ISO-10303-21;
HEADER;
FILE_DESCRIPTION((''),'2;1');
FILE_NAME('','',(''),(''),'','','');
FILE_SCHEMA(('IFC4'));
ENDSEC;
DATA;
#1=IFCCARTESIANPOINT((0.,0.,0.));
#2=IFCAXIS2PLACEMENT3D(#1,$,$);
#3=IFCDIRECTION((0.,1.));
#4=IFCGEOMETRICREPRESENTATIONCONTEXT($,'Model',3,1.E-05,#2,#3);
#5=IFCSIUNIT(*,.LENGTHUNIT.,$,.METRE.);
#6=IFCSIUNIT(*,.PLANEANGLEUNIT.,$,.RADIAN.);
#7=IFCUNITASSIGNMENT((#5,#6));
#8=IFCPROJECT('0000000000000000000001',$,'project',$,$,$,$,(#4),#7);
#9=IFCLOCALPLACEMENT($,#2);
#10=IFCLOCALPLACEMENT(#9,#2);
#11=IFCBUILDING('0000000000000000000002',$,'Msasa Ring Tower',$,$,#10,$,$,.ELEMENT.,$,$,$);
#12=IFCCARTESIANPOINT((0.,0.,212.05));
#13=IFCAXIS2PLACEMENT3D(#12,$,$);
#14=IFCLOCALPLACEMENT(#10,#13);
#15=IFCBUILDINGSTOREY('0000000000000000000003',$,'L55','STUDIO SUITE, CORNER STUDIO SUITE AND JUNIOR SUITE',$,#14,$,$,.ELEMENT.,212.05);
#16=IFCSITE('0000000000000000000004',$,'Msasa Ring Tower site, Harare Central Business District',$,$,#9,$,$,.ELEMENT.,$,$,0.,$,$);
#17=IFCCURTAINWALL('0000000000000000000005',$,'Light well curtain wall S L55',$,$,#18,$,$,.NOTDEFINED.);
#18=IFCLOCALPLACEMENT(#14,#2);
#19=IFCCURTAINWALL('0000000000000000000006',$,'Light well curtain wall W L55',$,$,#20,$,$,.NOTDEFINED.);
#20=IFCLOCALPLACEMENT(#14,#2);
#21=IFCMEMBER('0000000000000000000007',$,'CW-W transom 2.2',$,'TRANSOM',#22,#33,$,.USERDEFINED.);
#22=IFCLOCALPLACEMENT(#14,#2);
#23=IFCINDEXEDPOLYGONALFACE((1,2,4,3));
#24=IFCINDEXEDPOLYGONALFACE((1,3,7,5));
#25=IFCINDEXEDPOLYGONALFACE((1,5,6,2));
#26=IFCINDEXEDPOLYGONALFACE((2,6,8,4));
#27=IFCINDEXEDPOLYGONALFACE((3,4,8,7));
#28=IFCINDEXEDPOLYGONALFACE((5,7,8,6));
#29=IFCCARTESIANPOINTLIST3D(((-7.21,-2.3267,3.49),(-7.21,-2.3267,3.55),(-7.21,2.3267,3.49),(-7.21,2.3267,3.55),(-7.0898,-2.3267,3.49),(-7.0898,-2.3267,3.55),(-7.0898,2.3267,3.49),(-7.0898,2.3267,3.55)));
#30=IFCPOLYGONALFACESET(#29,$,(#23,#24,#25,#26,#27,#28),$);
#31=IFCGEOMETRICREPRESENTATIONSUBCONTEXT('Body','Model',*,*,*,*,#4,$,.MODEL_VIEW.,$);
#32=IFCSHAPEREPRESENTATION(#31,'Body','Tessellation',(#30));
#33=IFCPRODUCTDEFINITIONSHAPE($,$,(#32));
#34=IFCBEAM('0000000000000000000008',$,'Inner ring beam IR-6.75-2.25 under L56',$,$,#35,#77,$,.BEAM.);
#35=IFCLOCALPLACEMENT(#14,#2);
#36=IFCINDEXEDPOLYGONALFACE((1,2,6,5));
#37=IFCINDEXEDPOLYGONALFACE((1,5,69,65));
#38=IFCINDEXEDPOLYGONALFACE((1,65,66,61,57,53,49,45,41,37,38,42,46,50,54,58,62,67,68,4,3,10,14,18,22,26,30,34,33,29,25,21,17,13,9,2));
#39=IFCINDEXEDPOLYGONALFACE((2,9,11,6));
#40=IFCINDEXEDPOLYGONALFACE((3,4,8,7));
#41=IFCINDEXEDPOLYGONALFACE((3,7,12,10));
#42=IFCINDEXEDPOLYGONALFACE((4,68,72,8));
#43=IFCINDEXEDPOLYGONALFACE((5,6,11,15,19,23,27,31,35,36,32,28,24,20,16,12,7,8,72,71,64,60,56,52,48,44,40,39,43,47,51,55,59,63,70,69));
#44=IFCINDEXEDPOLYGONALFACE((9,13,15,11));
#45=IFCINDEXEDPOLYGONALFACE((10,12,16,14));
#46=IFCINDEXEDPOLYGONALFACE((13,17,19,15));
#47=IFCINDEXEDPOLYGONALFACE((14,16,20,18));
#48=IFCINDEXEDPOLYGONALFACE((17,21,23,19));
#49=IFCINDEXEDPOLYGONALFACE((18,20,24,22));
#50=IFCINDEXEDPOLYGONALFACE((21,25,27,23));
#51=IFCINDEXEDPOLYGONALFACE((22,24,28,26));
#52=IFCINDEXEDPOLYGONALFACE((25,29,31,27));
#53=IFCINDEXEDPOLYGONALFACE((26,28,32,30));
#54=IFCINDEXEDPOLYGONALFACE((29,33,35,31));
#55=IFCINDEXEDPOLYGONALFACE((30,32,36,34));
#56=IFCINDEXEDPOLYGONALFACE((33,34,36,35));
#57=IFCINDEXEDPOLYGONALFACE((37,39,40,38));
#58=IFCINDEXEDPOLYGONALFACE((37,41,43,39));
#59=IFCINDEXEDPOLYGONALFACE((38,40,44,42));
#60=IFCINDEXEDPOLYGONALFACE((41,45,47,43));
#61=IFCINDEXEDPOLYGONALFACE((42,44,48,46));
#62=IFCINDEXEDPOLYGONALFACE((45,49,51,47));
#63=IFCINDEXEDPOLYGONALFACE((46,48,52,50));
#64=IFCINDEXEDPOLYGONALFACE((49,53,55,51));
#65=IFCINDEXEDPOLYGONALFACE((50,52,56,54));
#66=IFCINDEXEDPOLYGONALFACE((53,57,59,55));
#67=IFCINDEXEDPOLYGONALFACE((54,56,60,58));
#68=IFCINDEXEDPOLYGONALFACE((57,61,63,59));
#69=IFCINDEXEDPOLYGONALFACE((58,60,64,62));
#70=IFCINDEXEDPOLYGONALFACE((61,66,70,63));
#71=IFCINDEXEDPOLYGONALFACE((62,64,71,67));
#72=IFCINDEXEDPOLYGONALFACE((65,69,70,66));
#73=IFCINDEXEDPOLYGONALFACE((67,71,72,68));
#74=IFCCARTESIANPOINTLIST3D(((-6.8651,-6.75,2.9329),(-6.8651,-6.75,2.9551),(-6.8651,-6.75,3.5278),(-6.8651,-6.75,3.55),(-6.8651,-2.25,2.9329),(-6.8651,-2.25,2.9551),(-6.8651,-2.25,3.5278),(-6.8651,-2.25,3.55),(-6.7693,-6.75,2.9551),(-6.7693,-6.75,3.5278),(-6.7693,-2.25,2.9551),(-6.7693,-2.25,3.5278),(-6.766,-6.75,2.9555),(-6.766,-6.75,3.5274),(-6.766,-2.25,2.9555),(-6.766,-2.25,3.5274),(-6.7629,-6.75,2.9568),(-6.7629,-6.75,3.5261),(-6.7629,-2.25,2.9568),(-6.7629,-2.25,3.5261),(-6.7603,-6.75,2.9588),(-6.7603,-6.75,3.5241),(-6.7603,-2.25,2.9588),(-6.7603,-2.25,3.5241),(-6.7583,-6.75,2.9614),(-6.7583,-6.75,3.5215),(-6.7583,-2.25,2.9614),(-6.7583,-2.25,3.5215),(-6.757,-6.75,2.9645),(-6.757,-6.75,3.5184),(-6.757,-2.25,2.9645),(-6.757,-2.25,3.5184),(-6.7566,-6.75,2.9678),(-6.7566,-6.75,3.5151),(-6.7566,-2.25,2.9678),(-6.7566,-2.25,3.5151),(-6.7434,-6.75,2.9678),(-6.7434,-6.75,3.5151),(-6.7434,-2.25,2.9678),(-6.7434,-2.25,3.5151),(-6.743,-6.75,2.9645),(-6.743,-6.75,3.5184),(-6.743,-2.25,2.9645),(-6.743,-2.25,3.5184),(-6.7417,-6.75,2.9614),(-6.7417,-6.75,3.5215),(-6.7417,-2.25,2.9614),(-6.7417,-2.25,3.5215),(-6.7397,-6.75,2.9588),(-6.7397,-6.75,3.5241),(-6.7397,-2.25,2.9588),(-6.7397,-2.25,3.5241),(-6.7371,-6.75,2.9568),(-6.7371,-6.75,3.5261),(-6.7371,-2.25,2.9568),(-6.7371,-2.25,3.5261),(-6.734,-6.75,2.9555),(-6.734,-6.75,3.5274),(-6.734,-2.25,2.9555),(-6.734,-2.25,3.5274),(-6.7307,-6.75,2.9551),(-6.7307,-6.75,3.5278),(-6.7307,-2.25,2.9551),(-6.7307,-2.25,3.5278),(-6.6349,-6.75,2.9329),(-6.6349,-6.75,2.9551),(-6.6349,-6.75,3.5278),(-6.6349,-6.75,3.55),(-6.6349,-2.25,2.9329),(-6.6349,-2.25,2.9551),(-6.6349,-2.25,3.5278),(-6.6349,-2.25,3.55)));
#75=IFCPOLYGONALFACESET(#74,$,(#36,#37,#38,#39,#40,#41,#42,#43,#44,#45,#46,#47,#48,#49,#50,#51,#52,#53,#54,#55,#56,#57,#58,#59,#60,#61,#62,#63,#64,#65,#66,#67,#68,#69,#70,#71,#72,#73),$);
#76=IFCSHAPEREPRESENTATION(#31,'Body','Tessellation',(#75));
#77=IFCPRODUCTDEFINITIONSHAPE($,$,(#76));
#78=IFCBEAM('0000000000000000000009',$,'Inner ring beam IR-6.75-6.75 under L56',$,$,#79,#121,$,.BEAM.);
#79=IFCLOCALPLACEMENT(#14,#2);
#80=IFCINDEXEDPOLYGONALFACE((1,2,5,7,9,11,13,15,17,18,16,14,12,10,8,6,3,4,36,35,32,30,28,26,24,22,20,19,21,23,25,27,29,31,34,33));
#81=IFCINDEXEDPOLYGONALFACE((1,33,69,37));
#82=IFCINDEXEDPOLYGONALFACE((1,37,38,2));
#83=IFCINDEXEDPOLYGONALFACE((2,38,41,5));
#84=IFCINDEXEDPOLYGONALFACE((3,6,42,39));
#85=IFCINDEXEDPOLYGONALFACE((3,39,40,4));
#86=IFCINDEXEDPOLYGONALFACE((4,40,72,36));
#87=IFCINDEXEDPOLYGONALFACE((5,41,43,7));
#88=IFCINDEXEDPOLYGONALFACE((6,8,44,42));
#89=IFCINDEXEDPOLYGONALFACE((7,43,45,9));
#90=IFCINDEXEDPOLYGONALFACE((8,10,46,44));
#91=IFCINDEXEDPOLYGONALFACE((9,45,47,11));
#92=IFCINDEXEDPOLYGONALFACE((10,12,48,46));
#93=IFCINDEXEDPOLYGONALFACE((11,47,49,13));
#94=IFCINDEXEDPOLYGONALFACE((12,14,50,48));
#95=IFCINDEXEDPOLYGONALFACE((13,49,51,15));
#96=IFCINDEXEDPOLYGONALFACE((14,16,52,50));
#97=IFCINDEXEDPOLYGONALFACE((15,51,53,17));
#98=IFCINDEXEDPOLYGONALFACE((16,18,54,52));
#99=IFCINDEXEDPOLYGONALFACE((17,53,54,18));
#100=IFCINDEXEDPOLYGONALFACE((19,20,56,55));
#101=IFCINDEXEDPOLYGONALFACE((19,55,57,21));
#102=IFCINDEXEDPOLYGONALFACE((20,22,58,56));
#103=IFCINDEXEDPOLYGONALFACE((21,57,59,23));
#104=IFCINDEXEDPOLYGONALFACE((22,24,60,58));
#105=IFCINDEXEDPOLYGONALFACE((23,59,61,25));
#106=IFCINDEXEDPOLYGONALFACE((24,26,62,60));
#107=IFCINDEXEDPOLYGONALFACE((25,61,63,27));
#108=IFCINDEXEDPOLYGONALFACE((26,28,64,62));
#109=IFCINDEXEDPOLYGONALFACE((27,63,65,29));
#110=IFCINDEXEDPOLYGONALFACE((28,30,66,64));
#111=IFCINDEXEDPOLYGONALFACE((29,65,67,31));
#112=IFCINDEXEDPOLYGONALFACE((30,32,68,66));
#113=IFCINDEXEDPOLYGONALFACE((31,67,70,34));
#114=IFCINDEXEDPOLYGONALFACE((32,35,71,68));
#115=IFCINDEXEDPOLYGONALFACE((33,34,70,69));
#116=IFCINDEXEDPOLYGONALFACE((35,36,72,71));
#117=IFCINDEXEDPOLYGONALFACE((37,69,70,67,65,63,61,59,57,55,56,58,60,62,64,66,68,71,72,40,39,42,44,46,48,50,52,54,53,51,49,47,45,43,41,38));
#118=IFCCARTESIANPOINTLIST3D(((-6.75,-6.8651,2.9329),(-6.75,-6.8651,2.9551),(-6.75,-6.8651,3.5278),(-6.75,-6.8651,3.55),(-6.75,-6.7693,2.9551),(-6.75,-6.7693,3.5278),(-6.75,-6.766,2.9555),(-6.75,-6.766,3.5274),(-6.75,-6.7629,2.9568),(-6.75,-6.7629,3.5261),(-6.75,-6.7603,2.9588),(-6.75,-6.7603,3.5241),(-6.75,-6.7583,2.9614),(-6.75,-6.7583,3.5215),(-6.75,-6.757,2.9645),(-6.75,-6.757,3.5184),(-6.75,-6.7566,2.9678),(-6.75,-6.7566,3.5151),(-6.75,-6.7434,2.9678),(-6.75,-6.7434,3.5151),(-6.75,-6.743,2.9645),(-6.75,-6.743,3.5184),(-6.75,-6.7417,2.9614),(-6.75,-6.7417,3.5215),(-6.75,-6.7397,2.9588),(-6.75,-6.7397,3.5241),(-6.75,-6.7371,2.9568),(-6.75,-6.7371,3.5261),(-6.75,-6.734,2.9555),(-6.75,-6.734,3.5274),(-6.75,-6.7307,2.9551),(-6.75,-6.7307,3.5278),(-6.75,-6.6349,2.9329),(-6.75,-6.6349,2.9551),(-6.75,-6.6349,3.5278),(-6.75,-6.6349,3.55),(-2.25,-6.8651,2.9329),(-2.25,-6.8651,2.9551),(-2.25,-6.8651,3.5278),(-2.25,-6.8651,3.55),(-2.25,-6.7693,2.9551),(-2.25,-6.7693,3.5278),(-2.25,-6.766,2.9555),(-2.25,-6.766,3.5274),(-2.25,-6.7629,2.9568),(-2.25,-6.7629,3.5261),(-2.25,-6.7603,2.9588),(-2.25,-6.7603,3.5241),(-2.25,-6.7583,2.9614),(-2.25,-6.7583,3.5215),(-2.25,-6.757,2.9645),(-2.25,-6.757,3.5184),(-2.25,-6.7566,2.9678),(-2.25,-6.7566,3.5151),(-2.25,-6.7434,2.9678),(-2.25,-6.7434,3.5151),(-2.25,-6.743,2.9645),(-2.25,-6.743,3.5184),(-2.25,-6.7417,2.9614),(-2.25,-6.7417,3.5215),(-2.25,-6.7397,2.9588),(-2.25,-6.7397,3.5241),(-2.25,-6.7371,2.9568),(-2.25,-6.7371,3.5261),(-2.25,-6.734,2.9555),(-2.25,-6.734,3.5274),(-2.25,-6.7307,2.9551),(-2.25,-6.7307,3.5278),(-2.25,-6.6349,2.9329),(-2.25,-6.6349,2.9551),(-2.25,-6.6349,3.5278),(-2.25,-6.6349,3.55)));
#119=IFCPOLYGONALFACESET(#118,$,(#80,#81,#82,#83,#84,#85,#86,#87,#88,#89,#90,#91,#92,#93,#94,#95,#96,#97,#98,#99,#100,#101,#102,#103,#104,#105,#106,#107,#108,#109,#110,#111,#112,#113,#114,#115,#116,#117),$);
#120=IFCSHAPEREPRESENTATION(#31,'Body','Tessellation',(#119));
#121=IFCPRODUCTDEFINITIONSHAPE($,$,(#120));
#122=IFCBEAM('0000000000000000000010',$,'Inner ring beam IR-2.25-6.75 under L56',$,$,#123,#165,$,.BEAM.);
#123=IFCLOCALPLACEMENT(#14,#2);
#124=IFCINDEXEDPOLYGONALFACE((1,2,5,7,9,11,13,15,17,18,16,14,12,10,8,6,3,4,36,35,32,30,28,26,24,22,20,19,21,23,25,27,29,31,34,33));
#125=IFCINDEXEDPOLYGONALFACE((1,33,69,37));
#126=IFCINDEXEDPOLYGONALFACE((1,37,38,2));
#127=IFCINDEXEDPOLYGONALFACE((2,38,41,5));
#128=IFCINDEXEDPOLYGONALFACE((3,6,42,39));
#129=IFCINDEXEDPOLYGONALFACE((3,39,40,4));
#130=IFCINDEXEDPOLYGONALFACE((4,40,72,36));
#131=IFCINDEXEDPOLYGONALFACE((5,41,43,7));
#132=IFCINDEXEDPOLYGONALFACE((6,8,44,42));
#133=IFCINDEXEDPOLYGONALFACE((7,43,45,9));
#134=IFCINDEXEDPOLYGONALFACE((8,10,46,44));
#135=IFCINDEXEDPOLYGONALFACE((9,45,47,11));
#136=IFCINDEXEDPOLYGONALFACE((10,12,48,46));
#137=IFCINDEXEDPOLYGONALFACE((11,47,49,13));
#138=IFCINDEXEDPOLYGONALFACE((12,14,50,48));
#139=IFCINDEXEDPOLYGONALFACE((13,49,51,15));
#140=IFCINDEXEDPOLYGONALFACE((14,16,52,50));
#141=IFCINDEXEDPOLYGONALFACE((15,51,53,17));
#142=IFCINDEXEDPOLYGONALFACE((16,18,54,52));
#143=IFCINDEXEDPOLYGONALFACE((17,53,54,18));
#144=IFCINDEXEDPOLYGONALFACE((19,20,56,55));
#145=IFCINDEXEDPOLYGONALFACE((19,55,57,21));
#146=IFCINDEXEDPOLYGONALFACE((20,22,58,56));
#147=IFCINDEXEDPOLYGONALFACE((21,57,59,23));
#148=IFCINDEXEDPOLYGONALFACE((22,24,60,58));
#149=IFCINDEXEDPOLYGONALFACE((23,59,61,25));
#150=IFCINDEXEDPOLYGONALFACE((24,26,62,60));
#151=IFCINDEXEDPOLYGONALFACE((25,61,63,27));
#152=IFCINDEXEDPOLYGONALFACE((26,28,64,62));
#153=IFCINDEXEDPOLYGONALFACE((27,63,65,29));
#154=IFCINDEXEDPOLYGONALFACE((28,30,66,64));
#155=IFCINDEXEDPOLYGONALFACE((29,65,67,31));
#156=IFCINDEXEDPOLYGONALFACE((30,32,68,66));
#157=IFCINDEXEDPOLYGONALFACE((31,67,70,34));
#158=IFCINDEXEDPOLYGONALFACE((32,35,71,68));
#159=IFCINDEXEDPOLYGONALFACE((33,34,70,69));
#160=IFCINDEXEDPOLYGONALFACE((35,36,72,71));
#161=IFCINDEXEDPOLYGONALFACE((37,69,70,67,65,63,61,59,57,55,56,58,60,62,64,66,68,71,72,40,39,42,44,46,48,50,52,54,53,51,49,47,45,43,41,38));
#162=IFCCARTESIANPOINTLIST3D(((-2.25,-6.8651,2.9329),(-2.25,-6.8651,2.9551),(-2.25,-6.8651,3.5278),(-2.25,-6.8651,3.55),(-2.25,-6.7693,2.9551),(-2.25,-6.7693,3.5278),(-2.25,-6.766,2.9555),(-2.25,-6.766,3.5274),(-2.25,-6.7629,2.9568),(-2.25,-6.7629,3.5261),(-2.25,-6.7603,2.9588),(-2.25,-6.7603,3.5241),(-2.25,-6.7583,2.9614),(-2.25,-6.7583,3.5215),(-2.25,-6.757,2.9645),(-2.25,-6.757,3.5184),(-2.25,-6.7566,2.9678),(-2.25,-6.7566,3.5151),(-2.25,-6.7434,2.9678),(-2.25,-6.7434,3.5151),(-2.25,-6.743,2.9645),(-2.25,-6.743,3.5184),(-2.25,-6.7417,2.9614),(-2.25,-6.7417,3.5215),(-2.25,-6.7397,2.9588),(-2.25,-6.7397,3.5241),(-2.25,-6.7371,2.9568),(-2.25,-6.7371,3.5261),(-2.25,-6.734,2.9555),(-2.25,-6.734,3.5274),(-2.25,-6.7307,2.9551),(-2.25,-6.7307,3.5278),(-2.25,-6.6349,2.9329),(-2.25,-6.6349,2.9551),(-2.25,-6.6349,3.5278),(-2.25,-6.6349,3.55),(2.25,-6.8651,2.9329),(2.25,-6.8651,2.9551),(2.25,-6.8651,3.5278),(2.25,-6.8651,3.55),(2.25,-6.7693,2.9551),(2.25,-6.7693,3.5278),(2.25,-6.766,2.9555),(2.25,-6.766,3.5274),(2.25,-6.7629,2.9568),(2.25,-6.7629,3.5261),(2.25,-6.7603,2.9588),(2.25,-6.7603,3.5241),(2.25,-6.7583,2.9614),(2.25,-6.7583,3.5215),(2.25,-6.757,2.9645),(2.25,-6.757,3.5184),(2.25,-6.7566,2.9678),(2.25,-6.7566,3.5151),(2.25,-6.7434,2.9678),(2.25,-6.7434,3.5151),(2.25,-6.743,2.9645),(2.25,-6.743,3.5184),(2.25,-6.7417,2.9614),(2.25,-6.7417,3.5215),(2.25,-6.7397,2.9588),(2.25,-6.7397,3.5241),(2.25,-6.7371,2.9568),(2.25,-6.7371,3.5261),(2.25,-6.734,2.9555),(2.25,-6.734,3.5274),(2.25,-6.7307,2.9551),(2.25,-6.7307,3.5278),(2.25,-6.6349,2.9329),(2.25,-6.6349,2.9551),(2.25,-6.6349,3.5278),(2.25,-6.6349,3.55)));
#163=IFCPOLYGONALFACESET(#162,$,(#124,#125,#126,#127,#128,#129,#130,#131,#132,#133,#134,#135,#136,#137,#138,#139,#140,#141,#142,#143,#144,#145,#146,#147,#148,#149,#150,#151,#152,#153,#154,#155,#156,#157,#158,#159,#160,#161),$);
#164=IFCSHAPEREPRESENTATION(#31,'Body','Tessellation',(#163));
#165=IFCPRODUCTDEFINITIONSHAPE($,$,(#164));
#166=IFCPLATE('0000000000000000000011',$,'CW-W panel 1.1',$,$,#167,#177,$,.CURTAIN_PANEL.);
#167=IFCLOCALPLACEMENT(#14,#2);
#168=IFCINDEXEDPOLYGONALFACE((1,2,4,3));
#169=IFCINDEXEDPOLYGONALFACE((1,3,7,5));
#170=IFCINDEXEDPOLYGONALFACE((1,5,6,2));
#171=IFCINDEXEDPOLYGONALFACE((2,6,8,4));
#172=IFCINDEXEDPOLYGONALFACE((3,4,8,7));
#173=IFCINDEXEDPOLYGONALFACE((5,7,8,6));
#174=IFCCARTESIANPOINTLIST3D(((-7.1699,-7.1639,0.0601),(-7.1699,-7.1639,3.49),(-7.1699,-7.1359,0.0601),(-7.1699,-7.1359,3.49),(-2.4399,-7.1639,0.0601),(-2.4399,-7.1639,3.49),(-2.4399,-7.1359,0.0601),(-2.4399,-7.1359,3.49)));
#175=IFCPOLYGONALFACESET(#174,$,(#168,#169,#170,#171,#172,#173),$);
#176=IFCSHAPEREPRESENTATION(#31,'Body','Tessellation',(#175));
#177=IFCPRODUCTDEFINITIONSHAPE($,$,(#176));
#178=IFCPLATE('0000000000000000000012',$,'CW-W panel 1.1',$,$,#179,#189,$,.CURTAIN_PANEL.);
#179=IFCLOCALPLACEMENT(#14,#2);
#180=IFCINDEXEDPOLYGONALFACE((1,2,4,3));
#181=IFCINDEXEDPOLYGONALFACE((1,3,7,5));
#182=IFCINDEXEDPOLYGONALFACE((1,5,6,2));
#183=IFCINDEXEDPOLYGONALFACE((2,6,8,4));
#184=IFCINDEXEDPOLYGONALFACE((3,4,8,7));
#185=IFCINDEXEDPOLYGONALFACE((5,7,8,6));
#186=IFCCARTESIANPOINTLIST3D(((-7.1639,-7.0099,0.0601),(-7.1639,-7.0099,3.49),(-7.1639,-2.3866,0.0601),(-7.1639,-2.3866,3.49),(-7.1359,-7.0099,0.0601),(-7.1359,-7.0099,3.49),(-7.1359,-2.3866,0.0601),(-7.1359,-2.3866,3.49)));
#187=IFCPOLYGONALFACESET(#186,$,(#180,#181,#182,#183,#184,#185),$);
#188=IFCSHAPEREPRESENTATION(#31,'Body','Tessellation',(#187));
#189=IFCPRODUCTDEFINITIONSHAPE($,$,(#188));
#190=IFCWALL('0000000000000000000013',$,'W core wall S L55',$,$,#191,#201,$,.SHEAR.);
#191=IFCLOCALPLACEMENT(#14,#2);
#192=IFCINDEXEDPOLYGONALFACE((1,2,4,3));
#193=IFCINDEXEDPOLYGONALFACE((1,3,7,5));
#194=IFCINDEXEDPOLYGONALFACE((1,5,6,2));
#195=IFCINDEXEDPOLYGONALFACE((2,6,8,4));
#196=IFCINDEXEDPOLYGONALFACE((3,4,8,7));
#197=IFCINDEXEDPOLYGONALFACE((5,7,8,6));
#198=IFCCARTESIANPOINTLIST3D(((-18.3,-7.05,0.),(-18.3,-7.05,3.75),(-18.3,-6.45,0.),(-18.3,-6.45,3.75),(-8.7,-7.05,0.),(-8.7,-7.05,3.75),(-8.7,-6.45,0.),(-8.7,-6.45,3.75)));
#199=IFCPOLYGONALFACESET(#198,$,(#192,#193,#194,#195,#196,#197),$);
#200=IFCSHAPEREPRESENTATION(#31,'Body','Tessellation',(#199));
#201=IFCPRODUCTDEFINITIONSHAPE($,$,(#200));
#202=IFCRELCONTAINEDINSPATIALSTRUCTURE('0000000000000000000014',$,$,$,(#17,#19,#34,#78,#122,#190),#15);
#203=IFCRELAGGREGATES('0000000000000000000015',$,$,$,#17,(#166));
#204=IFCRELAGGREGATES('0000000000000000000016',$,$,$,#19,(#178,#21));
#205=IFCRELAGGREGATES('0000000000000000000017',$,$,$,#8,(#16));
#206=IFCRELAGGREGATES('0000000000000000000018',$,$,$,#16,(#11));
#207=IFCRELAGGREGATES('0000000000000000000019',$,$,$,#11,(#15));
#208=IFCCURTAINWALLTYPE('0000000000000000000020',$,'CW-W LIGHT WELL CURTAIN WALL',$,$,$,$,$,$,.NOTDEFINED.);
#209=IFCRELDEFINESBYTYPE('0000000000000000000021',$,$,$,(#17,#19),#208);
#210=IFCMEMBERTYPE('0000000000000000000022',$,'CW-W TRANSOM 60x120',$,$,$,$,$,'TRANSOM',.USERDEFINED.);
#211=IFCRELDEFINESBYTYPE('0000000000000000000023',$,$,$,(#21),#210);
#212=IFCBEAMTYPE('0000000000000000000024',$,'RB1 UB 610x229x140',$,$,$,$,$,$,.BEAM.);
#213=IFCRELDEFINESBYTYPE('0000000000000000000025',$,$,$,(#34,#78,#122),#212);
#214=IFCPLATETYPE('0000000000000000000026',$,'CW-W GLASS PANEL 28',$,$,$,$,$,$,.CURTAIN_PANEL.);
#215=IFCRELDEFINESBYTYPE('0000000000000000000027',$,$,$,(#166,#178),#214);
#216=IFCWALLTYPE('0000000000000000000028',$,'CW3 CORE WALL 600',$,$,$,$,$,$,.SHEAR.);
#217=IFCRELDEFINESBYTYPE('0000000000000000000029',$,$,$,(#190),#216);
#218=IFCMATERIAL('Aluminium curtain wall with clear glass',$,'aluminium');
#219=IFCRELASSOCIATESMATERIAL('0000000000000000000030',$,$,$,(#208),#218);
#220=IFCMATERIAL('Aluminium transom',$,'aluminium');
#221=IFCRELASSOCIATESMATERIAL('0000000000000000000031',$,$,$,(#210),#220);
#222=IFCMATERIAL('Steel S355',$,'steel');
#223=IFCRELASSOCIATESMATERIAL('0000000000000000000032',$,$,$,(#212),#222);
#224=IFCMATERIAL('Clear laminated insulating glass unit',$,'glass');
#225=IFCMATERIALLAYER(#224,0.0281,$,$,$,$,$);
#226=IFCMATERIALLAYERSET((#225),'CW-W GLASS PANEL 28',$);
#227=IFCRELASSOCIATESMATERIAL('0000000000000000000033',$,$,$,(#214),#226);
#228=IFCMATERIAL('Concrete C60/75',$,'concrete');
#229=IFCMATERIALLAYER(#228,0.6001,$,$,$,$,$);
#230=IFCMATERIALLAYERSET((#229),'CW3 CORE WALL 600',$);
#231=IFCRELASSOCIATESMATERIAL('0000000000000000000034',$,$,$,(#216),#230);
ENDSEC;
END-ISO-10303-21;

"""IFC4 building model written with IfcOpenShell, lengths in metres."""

from ifc_helpers import new_model, si_unit, direction, frame, frame_2d, origin, origin_2d, place, context, subcontext, project, spatial, rectangle, i_section, extrude, material, layer, layer_set, material_profile, profile_set, type_object, element, aggregate, save


model = new_model("IFC4")

# Units and contexts
model_context = context("Model", 3, precision=1e-05, world=origin(), true_north=direction((0.0, 1.0)))
body_context = subcontext(model_context, "Body", "Model", "MODEL_VIEW")
ifc_project = project(units=[si_unit("LENGTHUNIT", "METRE"), si_unit("PLANEANGLEUNIT", "RADIAN")], contexts=[model_context])

# Site, building, storey
site_placement = place(None, origin())
site = spatial("IfcSite", under=ifc_project, at=site_placement, Name="Msasa Ring Tower site, Harare Central Business District", CompositionType="ELEMENT", RefElevation=0.0)
building_placement = place(site_placement, origin())
building = spatial("IfcBuilding", under=site, at=building_placement, Name="Msasa Ring Tower", CompositionType="ELEMENT")
storey_placement = place(building_placement, frame((0.0, 0.0, 212.05)))
storey = spatial("IfcBuildingStorey", under=building, at=storey_placement, Name="L55", Description="STUDIO SUITE, CORNER STUDIO SUITE AND JUNIOR SUITE", CompositionType="ELEMENT", Elevation=212.05)

# Curtain walls
ifc_material_1 = material(Name="Aluminium curtain wall with clear glass", Category="aluminium")
curtain_wall_type = type_object("IfcCurtainWallType", Name="CW-W LIGHT WELL CURTAIN WALL", PredefinedType="NOTDEFINED", material=ifc_material_1)
curtain_wall_1_placement = place(storey_placement, origin())
curtain_wall_1 = element("IfcCurtainWall", 1, at=curtain_wall_1_placement, inside=storey, type_object=curtain_wall_type, Name="Light well curtain wall S L55", PredefinedType="NOTDEFINED")
curtain_wall_2_placement = place(storey_placement, origin())
curtain_wall_2 = element("IfcCurtainWall", 2, at=curtain_wall_2_placement, inside=storey, type_object=curtain_wall_type, Name="Light well curtain wall W L55", PredefinedType="NOTDEFINED")

# Member
ifc_material_2 = material(Name="Aluminium transom", Category="aluminium")
ifc_material_profile_1 = material_profile(ifc_material_2, rectangle(XDim=0.1201, YDim=0.0601, at=origin_2d()), Name="AL 60x120")
ifc_profile_set_1 = profile_set([ifc_material_profile_1], Name="Aluminium transom")
member_type_1 = type_object("IfcMemberType", Name="CW-W TRANSOM 60x120", ElementType="TRANSOM", PredefinedType="USERDEFINED", material=ifc_profile_set_1)
member_1_placement = place(storey_placement, frame((-7.1499, -2.3267, 3.52), z_axis=(0.0, 1.0, 0.0), x_axis=(-1.0, 0.0, 0.0)))
member_1 = element("IfcMember", 3, at=member_1_placement, type_object=member_type_1, Name="CW-W transom 2.2", ObjectType="TRANSOM", PredefinedType="USERDEFINED", context=body_context, shape_type="SweptSolid", body=[
    extrude(rectangle(XDim=0.1201, YDim=0.0601, at=origin_2d()), origin(), (0.0, 0.0, 1.0), 4.6533),
])

# Beams
ifc_material_3 = material(Name="Steel S355", Category="steel")
ifc_material_profile_2 = material_profile(ifc_material_3, i_section(OverallWidth=0.2302, OverallDepth=0.6172, WebThickness=0.0132, FlangeThickness=0.0222, FilletRadius=0.0127, at=origin_2d()), Name="UB 610x229x140")
ifc_profile_set_2 = profile_set([ifc_material_profile_2], Name="Steel S355")
beam_type = type_object("IfcBeamType", Name="RB1 UB 610x229x140", PredefinedType="BEAM", material=ifc_profile_set_2)
for number, where, z_axis, x_axis, name in (
    (4, (-6.75, -2.25, 3.2415), (0.0, -1.0, 0.0), (1.0, 0.0, 0.0), "Inner ring beam IR-6.75-2.25 under L56"),
    (5, (-6.75, -6.75, 3.2415), (1.0, 0.0, 0.0), (0.0, 1.0, 0.0), "Inner ring beam IR-6.75-6.75 under L56"),
    (6, (-2.25, -6.75, 3.2415), (1.0, 0.0, 0.0), (0.0, 1.0, 0.0), "Inner ring beam IR-2.25-6.75 under L56"),
):
    element("IfcBeam", number, at=place(storey_placement, frame(where, z_axis=z_axis, x_axis=x_axis)), inside=storey, type_object=beam_type, Name=name, PredefinedType="BEAM", context=body_context, shape_type="SweptSolid", body=[
        extrude(i_section(OverallWidth=0.2302, OverallDepth=0.6172, WebThickness=0.0132, FlangeThickness=0.0222, FilletRadius=0.0127, at=origin_2d()), origin(), (0.0, 0.0, 1.0), 4.5),
    ])

# Plates
ifc_material_4 = material(Name="Clear laminated insulating glass unit", Category="glass")
ifc_layer_1 = layer(ifc_material_4, 0.0281)
ifc_layer_set_1 = layer_set([ifc_layer_1], Name="CW-W GLASS PANEL 28")
plate_type = type_object("IfcPlateType", Name="CW-W GLASS PANEL 28", PredefinedType="CURTAIN_PANEL", material=ifc_layer_set_1)
plate_1_placement = place(storey_placement, frame((-4.8049, -7.1499, 0.0601), z_axis=(0.0, 0.0, 1.0), x_axis=(1.0, 0.0, 0.0)))
plate_1 = element("IfcPlate", 7, at=plate_1_placement, type_object=plate_type, Name="CW-W panel 1.1", PredefinedType="CURTAIN_PANEL", context=body_context, shape_type="SweptSolid", body=[
    extrude(rectangle(XDim=4.73, YDim=0.0281, at=origin_2d()), origin(), (0.0, 0.0, 1.0), 3.4299),
])
aggregate(curtain_wall_1, [plate_1])
plate_2_placement = place(storey_placement, frame((-7.1499, -4.6982, 0.0601), z_axis=(0.0, 0.0, 1.0), x_axis=(0.0, 1.0, 0.0)))
plate_2 = element("IfcPlate", 8, at=plate_2_placement, type_object=plate_type, Name="CW-W panel 1.1", PredefinedType="CURTAIN_PANEL", context=body_context, shape_type="SweptSolid", body=[
    extrude(rectangle(XDim=4.6233, YDim=0.0281, at=origin_2d()), origin(), (0.0, 0.0, 1.0), 3.4299),
])
aggregate(curtain_wall_2, [plate_2, member_1])

# Wall
ifc_material_5 = material(Name="Concrete C60/75", Category="concrete")
ifc_layer_2 = layer(ifc_material_5, 0.6001)
ifc_layer_set_2 = layer_set([ifc_layer_2], Name="CW3 CORE WALL 600")
wall_type_1 = type_object("IfcWallType", Name="CW3 CORE WALL 600", PredefinedType="SHEAR", material=ifc_layer_set_2)
wall_1_placement = place(storey_placement, frame((-8.7, -6.75, 0.0), z_axis=(0.0, 0.0, 1.0), x_axis=(-1.0, 0.0, 0.0)))
element("IfcWall", 9, at=wall_1_placement, inside=storey, type_object=wall_type_1, Name="W core wall S L55", PredefinedType="SHEAR", context=body_context, shape_type="SweptSolid", body=[
    extrude(rectangle(XDim=9.6001, YDim=0.6001, at=frame_2d((4.8, 0.0))), origin(), (0.0, 0.0, 1.0), 3.75),
])

save(model, "model.ifc")
